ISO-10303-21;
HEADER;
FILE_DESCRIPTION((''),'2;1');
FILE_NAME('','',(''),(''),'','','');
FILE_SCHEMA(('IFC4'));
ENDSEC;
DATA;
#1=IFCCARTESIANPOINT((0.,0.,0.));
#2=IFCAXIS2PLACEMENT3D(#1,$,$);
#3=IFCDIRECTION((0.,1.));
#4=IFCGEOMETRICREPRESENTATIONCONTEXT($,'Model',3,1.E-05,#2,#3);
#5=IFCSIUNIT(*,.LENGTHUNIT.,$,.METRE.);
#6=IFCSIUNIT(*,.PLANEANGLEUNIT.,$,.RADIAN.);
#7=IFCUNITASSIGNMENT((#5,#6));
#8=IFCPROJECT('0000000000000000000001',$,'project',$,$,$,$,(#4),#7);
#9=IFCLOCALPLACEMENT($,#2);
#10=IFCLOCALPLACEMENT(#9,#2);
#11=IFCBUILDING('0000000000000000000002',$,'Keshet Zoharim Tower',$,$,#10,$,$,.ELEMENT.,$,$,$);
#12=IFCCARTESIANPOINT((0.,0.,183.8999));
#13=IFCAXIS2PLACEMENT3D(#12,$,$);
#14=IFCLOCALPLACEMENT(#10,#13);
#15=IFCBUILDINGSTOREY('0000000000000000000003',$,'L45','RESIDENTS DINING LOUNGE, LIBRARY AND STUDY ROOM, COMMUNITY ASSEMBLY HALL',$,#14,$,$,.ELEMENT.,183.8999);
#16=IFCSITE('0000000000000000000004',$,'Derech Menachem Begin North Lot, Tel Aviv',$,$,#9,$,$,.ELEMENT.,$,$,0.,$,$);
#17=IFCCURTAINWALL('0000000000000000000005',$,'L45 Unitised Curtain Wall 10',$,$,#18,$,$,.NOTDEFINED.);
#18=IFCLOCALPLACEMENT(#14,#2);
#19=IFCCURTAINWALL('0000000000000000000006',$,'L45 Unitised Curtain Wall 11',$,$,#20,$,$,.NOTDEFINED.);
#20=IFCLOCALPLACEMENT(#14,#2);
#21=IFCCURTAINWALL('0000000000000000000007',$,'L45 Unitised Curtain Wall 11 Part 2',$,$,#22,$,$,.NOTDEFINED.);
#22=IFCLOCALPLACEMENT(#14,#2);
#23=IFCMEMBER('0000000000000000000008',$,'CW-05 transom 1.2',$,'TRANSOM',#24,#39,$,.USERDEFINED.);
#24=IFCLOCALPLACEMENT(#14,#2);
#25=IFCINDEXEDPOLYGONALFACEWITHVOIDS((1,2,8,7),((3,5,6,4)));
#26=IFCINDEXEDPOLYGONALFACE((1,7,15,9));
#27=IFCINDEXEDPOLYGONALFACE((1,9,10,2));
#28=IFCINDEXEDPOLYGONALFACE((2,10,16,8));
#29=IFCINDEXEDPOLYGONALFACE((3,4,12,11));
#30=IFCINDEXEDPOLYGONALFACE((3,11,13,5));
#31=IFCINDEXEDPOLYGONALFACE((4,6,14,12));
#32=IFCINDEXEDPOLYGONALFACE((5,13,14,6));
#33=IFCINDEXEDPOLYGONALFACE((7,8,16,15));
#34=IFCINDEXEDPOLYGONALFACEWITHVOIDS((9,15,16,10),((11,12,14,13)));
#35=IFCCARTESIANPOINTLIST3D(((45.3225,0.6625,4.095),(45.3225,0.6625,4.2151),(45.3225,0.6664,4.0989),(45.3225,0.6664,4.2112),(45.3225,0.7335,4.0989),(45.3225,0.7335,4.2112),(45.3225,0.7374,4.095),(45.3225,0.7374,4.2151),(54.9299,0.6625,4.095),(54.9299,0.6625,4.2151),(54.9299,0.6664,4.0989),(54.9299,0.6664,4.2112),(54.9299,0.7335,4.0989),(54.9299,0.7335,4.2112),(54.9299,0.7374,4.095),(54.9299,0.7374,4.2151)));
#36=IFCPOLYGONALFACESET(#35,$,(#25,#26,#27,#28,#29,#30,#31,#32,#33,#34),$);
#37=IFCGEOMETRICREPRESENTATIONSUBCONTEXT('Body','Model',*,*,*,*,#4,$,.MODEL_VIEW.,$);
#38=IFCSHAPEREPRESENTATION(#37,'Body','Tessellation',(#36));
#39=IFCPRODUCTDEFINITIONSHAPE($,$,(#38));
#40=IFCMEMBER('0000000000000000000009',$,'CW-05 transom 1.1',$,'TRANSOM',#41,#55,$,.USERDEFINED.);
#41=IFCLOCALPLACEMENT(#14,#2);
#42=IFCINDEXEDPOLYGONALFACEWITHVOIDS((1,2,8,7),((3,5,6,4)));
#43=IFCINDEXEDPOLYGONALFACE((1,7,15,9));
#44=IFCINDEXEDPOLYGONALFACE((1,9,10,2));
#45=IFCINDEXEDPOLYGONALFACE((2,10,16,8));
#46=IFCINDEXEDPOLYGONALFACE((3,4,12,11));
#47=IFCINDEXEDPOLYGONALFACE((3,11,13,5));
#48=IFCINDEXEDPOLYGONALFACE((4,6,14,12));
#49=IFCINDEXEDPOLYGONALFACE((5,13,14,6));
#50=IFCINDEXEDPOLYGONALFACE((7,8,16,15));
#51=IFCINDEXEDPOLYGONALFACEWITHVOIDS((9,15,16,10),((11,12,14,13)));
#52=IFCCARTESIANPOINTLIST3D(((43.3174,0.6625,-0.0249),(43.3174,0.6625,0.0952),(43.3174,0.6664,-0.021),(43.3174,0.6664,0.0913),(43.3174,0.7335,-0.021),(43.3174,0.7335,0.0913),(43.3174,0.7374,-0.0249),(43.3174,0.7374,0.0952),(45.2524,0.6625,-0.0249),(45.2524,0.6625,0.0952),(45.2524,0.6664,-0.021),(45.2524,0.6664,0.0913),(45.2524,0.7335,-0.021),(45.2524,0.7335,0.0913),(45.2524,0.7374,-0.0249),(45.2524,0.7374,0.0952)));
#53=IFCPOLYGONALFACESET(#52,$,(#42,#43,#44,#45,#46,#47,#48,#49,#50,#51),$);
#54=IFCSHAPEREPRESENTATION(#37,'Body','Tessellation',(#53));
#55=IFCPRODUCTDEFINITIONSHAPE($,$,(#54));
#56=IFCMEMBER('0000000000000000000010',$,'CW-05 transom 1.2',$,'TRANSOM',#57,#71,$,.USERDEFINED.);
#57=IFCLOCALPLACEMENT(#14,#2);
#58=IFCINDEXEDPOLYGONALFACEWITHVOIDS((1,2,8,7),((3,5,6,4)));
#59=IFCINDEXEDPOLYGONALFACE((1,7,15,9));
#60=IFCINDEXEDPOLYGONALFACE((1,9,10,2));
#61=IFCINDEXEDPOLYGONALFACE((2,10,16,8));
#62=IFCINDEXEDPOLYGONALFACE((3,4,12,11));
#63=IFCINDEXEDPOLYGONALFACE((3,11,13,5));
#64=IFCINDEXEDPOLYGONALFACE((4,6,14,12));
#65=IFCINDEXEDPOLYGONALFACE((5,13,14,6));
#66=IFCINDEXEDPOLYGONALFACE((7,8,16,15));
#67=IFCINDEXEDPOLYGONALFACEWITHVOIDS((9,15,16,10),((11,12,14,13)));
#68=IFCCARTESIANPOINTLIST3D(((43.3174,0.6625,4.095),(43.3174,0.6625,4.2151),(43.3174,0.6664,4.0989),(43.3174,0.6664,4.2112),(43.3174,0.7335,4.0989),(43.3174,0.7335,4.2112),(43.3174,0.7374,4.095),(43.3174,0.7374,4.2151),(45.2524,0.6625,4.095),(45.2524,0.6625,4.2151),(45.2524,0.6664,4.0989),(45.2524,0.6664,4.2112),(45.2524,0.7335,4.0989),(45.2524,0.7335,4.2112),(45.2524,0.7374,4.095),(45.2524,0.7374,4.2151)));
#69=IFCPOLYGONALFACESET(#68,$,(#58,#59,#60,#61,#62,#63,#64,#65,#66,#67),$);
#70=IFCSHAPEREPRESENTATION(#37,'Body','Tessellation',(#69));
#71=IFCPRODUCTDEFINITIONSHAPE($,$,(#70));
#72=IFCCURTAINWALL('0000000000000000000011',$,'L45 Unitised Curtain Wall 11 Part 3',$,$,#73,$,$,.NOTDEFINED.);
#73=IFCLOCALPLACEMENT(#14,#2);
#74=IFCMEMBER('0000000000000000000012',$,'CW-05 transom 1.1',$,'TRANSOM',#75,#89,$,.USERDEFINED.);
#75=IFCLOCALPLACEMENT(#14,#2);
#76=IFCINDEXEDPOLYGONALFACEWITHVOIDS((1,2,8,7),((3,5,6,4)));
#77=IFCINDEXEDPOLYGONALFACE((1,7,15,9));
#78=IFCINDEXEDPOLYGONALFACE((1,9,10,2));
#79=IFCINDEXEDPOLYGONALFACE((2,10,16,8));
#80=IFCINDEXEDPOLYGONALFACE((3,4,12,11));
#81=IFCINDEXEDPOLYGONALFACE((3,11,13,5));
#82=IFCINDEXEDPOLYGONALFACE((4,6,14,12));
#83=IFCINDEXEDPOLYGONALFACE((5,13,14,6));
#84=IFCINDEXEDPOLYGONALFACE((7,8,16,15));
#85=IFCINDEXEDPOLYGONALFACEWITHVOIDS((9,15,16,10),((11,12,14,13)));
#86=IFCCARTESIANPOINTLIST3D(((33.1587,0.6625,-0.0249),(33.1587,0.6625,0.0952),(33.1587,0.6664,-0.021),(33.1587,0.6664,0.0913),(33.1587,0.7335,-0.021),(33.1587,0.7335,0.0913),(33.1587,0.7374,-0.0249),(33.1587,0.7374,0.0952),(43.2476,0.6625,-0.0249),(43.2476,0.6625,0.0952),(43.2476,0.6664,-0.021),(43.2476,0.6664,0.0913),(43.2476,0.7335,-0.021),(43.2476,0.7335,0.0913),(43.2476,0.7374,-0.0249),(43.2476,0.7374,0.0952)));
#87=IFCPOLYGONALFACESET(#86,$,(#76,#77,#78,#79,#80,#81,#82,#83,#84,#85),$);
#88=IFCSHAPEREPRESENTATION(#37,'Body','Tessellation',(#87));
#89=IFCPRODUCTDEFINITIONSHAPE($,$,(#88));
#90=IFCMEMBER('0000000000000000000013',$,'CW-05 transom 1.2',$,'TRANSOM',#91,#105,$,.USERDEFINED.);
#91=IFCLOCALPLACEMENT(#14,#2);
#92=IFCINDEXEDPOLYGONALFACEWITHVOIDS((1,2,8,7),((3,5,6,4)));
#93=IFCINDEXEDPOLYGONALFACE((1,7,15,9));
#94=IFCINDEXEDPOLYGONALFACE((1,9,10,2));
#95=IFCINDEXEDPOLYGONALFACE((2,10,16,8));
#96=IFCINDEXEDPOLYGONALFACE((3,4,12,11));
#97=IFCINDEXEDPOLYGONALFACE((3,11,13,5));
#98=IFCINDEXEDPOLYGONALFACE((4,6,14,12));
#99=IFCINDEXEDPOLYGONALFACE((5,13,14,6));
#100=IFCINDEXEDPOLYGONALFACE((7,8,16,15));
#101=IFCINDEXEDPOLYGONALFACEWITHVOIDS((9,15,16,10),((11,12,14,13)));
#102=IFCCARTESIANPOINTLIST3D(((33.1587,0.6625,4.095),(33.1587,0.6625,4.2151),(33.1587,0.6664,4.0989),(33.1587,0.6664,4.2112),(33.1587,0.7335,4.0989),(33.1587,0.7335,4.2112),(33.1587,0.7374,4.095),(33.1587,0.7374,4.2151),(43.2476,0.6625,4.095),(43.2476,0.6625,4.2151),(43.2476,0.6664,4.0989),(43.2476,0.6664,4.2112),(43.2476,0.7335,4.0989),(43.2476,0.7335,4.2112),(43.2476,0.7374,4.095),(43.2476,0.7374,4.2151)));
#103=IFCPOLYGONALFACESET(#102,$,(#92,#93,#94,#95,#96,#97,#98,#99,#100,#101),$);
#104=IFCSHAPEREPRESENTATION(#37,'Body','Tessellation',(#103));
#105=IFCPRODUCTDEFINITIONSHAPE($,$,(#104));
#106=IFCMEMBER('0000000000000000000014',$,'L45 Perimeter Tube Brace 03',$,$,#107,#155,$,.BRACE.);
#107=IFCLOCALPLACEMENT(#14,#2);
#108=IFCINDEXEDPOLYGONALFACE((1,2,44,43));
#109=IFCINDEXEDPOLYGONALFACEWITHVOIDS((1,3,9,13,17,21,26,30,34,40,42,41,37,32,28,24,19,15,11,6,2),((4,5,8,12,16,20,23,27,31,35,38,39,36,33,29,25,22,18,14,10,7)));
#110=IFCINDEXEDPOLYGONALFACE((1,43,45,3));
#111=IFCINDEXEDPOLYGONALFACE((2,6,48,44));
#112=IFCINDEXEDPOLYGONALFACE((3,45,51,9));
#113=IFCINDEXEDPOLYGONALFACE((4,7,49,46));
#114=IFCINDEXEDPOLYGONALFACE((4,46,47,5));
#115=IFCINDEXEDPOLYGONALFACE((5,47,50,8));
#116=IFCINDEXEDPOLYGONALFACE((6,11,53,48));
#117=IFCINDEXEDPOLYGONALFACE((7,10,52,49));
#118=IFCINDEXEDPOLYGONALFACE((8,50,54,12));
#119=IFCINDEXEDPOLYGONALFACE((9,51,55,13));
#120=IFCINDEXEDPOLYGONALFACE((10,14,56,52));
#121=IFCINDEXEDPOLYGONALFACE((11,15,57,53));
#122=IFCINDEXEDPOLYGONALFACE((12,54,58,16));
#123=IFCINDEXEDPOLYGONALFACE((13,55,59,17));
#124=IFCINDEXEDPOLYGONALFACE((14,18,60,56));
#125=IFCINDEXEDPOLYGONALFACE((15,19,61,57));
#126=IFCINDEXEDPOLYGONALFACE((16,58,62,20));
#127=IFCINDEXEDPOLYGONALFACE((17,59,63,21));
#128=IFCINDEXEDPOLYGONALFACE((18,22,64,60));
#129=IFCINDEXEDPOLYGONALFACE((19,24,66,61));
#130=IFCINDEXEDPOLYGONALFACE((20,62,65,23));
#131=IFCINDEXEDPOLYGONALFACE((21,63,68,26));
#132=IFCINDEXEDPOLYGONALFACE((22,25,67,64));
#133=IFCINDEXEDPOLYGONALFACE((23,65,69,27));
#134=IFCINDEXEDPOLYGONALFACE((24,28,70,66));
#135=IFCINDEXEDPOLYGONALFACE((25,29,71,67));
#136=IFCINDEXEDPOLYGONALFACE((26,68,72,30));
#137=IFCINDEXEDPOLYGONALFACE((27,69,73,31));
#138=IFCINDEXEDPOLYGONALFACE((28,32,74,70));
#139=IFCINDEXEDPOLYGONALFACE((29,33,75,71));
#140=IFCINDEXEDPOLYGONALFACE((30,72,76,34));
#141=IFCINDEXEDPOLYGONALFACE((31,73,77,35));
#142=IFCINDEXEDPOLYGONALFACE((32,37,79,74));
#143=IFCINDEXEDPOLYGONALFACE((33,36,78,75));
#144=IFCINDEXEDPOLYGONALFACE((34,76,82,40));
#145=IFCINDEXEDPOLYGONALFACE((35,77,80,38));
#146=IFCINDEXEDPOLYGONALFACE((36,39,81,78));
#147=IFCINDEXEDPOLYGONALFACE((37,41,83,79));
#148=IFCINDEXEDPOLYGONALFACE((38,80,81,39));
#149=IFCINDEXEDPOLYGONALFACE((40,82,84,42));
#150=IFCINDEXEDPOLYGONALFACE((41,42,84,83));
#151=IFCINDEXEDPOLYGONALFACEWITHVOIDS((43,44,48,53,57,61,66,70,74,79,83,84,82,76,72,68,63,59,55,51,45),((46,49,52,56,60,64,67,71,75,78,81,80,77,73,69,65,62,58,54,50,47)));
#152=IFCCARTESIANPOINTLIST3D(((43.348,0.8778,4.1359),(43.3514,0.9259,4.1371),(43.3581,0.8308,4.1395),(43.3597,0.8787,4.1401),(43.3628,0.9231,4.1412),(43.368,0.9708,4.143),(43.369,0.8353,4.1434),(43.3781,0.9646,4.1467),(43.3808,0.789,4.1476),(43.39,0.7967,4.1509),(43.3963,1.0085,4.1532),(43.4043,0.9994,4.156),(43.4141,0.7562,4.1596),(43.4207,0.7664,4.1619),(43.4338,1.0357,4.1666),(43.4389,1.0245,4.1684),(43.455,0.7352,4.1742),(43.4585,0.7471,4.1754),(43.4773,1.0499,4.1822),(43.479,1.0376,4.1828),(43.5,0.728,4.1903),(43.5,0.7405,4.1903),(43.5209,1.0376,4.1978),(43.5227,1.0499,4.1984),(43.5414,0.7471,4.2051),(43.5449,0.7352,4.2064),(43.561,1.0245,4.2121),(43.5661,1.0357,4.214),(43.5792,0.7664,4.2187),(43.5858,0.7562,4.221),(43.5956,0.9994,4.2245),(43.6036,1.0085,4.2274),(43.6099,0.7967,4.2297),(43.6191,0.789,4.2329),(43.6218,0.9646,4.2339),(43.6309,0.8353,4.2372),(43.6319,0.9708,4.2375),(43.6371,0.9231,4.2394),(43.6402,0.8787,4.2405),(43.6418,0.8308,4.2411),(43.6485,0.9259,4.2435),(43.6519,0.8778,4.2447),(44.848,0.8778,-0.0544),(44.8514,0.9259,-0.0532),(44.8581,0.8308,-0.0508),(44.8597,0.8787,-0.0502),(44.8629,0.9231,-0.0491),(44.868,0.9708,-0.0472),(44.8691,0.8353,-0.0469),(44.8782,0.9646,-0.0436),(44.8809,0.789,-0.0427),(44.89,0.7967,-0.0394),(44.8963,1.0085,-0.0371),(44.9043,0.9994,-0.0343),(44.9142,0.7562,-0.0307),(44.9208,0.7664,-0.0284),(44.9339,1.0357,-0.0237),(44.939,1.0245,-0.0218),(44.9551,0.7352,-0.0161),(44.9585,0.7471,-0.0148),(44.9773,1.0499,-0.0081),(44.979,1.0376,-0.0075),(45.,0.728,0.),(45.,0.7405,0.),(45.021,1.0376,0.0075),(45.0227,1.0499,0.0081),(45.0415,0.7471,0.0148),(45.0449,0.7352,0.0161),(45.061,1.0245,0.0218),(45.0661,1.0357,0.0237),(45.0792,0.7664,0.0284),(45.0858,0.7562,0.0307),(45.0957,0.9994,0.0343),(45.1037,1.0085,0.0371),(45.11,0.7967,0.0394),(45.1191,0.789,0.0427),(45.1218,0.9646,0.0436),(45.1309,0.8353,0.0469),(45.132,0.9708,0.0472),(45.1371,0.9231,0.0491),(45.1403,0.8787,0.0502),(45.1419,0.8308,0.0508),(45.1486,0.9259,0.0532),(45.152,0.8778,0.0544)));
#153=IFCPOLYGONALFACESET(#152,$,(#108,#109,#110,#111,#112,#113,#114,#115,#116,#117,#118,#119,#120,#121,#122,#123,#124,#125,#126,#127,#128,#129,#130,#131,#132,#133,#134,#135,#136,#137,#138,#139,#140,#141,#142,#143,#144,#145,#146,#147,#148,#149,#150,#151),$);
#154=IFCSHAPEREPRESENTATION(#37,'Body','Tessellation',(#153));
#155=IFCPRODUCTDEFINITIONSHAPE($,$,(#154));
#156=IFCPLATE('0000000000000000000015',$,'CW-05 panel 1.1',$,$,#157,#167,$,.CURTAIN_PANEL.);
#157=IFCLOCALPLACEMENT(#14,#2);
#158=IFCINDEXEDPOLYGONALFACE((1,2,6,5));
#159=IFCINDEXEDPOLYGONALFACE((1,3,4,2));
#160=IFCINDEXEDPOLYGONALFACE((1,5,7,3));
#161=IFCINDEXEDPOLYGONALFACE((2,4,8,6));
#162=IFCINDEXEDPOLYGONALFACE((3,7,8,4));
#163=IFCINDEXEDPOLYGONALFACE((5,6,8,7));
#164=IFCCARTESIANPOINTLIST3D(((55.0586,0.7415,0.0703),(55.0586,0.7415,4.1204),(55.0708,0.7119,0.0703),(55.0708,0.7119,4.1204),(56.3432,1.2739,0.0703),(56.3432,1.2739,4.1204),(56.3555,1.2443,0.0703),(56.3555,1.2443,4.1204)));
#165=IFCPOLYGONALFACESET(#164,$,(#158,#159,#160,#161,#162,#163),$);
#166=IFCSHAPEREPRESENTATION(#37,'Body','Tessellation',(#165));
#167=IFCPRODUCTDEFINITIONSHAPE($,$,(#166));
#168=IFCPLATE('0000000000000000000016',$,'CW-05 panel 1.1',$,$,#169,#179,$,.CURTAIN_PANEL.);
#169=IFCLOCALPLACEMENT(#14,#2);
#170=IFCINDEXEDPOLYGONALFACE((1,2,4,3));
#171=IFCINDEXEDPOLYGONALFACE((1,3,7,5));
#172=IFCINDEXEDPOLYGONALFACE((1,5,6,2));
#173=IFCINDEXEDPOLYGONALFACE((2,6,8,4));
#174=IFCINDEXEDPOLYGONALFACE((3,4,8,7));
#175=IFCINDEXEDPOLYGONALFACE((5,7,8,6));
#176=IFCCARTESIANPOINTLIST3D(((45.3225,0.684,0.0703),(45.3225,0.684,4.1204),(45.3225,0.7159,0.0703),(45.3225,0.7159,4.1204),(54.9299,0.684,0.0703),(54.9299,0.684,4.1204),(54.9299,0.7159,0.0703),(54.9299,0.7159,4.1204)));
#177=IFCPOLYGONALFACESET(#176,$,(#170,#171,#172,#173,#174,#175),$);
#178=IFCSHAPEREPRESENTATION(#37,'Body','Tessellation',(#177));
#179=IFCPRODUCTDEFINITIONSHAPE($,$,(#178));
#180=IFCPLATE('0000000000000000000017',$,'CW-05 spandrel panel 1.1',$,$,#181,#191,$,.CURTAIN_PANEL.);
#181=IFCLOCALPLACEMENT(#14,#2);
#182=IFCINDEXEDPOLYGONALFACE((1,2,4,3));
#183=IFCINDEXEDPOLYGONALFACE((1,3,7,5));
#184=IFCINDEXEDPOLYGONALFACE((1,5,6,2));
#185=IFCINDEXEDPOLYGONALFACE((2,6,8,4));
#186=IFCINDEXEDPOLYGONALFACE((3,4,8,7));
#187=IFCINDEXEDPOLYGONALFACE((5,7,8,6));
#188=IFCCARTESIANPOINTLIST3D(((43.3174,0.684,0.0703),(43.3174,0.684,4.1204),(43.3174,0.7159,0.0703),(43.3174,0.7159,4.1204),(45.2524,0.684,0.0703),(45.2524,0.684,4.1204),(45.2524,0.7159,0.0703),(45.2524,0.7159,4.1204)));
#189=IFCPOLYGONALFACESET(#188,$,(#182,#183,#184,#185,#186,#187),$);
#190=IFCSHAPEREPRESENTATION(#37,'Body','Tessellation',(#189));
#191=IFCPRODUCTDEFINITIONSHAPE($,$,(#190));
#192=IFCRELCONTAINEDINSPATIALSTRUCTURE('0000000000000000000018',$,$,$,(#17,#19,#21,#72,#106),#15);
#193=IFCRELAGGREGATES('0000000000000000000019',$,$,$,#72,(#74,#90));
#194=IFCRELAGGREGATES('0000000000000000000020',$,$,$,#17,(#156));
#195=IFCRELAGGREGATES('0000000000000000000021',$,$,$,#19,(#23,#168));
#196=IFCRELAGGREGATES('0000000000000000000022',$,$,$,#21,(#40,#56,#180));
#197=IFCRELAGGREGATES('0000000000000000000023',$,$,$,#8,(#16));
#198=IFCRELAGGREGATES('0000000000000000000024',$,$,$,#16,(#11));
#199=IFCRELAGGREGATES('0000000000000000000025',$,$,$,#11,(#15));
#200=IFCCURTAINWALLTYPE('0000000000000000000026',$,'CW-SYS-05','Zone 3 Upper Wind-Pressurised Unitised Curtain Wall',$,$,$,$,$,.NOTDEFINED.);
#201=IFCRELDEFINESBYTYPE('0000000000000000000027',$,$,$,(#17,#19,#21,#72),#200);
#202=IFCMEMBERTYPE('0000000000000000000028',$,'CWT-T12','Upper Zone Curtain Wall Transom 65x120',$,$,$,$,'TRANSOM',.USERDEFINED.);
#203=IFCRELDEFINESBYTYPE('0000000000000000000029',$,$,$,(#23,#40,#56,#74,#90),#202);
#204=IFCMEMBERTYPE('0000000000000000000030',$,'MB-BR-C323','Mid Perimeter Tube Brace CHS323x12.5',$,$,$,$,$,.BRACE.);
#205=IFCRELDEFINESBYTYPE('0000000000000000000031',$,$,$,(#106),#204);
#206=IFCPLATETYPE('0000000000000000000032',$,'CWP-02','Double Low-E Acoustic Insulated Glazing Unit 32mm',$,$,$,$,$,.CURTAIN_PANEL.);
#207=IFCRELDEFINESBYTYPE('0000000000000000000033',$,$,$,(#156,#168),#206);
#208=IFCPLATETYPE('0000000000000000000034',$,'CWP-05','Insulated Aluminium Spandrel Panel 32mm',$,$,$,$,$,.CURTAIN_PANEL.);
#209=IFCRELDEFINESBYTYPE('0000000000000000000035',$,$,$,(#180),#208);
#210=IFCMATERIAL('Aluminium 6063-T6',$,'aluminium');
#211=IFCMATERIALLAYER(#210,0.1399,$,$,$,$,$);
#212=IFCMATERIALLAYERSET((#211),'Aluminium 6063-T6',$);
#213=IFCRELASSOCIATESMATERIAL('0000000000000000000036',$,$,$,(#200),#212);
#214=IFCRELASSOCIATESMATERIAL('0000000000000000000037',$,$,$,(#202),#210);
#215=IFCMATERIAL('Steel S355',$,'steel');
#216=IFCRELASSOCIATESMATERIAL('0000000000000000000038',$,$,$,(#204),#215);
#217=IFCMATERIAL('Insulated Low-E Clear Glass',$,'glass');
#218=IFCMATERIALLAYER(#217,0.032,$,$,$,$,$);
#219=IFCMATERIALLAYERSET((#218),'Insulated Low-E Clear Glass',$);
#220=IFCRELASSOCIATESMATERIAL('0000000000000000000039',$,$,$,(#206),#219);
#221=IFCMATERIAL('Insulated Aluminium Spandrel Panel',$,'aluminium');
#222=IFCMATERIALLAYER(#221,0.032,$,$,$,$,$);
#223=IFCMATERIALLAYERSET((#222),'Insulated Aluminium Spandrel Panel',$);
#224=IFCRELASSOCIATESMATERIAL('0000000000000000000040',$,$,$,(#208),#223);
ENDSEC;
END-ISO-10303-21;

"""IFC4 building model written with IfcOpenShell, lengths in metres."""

from ifc_helpers import new_model, si_unit, direction, frame, origin, origin_2d, place, context, subcontext, project, spatial, rectangle, hollow_rectangle, hollow_circle, extrude, material, layer, layer_set, material_profile, profile_set, type_object, element, aggregate, save


model = new_model("IFC4")

# Units and contexts
model_context = context("Model", 3, precision=1e-05, world=origin(), true_north=direction((0.0, 1.0)))
body_context = subcontext(model_context, "Body", "Model", "MODEL_VIEW")
ifc_project = project(units=[si_unit("LENGTHUNIT", "METRE"), si_unit("PLANEANGLEUNIT", "RADIAN")], contexts=[model_context])

# Site, building, storey
site_placement = place(None, origin())
site = spatial("IfcSite", under=ifc_project, at=site_placement, Name="Derech Menachem Begin North Lot, Tel Aviv", CompositionType="ELEMENT", RefElevation=0.0)
building_placement = place(site_placement, origin())
building = spatial("IfcBuilding", under=site, at=building_placement, Name="Keshet Zoharim Tower", CompositionType="ELEMENT")
storey_placement = place(building_placement, frame((0.0, 0.0, 183.8999)))
storey = spatial("IfcBuildingStorey", under=building, at=storey_placement, Name="L45", Description="RESIDENTS DINING LOUNGE, LIBRARY AND STUDY ROOM, COMMUNITY ASSEMBLY HALL", CompositionType="ELEMENT", Elevation=183.8999)

# Shared definitions
ifc_material_1 = material(Name="Steel S355", Category="steel")

# Curtain walls
ifc_material_2 = material(Name="Aluminium 6063-T6", Category="aluminium")
ifc_layer_1 = layer(ifc_material_2, 0.1399)
ifc_layer_set_1 = layer_set([ifc_layer_1], Name="Aluminium 6063-T6")
curtain_wall_type = type_object("IfcCurtainWallType", Name="CW-SYS-05", Description="Zone 3 Upper Wind-Pressurised Unitised Curtain Wall", PredefinedType="NOTDEFINED", material=ifc_layer_set_1)
curtain_wall_1_placement = place(storey_placement, origin())
curtain_wall_1 = element("IfcCurtainWall", 1, at=curtain_wall_1_placement, inside=storey, type_object=curtain_wall_type, Name="L45 Unitised Curtain Wall 10", PredefinedType="NOTDEFINED")
curtain_wall_2_placement = place(storey_placement, origin())
curtain_wall_2 = element("IfcCurtainWall", 2, at=curtain_wall_2_placement, inside=storey, type_object=curtain_wall_type, Name="L45 Unitised Curtain Wall 11", PredefinedType="NOTDEFINED")

# Curtain wall
curtain_wall_3_placement = place(storey_placement, origin())
curtain_wall_3 = element("IfcCurtainWall", 3, at=curtain_wall_3_placement, inside=storey, type_object=curtain_wall_type, Name="L45 Unitised Curtain Wall 11 Part 2", PredefinedType="NOTDEFINED")

# Members
ifc_material_profile_1 = material_profile(ifc_material_2, hollow_rectangle(XDim=0.075, YDim=0.1201, WallThickness=0.0039, at=origin_2d()), Name="TRN-75x120")
ifc_profile_set_1 = profile_set([ifc_material_profile_1], Name="Aluminium 6063-T6")
member_type_1 = type_object("IfcMemberType", Name="CWT-T12", Description="Upper Zone Curtain Wall Transom 65x120", ElementType="TRANSOM", PredefinedType="USERDEFINED", material=ifc_profile_set_1)
member_1_placement = place(storey_placement, frame((54.9299, 0.7, 4.155), z_axis=(-1.0, 0.0, 0.0), x_axis=(0.0, -1.0, 0.0)))
member_1 = element("IfcMember", 4, at=member_1_placement, type_object=member_type_1, Name="CW-05 transom 1.2", ObjectType="TRANSOM", PredefinedType="USERDEFINED", context=body_context, shape_type="SweptSolid", body=[
    extrude(hollow_rectangle(XDim=0.075, YDim=0.1201, WallThickness=0.0039, at=origin_2d()), origin(), (0.0, 0.0, 1.0), 9.6074),
])
member_2_placement = place(storey_placement, frame((45.2524, 0.7, 0.0352), z_axis=(-1.0, 0.0, 0.0), x_axis=(0.0, -1.0, 0.0)))
member_2 = element("IfcMember", 5, at=member_2_placement, type_object=member_type_1, Name="CW-05 transom 1.1", ObjectType="TRANSOM", PredefinedType="USERDEFINED", context=body_context, shape_type="SweptSolid", body=[
    extrude(hollow_rectangle(XDim=0.075, YDim=0.1201, WallThickness=0.0039, at=origin_2d()), origin(), (0.0, 0.0, 1.0), 1.9351),
])
member_3_placement = place(storey_placement, frame((45.2524, 0.7, 4.155), z_axis=(-1.0, 0.0, 0.0), x_axis=(0.0, -1.0, 0.0)))
member_3 = element("IfcMember", 6, at=member_3_placement, type_object=member_type_1, Name="CW-05 transom 1.2", ObjectType="TRANSOM", PredefinedType="USERDEFINED", context=body_context, shape_type="SweptSolid", body=[
    extrude(hollow_rectangle(XDim=0.075, YDim=0.1201, WallThickness=0.0039, at=origin_2d()), origin(), (0.0, 0.0, 1.0), 1.9351),
])

# Curtain wall, members
curtain_wall_4_placement = place(storey_placement, origin())
curtain_wall_4 = element("IfcCurtainWall", 7, at=curtain_wall_4_placement, inside=storey, type_object=curtain_wall_type, Name="L45 Unitised Curtain Wall 11 Part 3", PredefinedType="NOTDEFINED")
member_4_placement = place(storey_placement, frame((43.2476, 0.7, 0.0352), z_axis=(-1.0, 0.0, 0.0), x_axis=(0.0, -1.0, 0.0)))
member_4 = element("IfcMember", 8, at=member_4_placement, type_object=member_type_1, Name="CW-05 transom 1.1", ObjectType="TRANSOM", PredefinedType="USERDEFINED", context=body_context, shape_type="SweptSolid", body=[
    extrude(hollow_rectangle(XDim=0.075, YDim=0.1201, WallThickness=0.0039, at=origin_2d()), origin(), (0.0, 0.0, 1.0), 10.0889),
])
member_5_placement = place(storey_placement, frame((43.2476, 0.7, 4.155), z_axis=(-1.0, 0.0, 0.0), x_axis=(0.0, -1.0, 0.0)))
member_5 = element("IfcMember", 9, at=member_5_placement, type_object=member_type_1, Name="CW-05 transom 1.2", ObjectType="TRANSOM", PredefinedType="USERDEFINED", context=body_context, shape_type="SweptSolid", body=[
    extrude(hollow_rectangle(XDim=0.075, YDim=0.1201, WallThickness=0.0039, at=origin_2d()), origin(), (0.0, 0.0, 1.0), 10.0889),
])
aggregate(curtain_wall_4, [member_4, member_5])

# Member
ifc_material_profile_2 = material_profile(ifc_material_1, hollow_circle(Radius=0.1619, WallThickness=0.0125, at=origin_2d()), Name="CHS323x12.5")
ifc_profile_set_2 = profile_set([ifc_material_profile_2], Name="Steel S355")
member_type_2 = type_object("IfcMemberType", Name="MB-BR-C323", Description="Mid Perimeter Tube Brace CHS323x12.5", PredefinedType="BRACE", material=ifc_profile_set_2)
member_6_placement = place(storey_placement, frame((45.0, 0.8899, 0.0), z_axis=(-0.337035, 0.0, 0.941492), x_axis=(0.0, -1.0, 0.0)))
element("IfcMember", 10, at=member_6_placement, inside=storey, type_object=member_type_2, Name="L45 Perimeter Tube Brace 03", PredefinedType="BRACE", context=body_context, shape_type="SweptSolid", body=[
    extrude(hollow_circle(Radius=0.1619, WallThickness=0.0125, at=origin_2d()), origin(), (0.0, 0.0, 1.0), 4.4507),
])

# Plates
ifc_material_3 = material(Name="Insulated Low-E Clear Glass", Category="glass")
ifc_layer_2 = layer(ifc_material_3, 0.032)
ifc_layer_set_2 = layer_set([ifc_layer_2], Name="Insulated Low-E Clear Glass")
plate_type_1 = type_object("IfcPlateType", Name="CWP-02", Description="Double Low-E Acoustic Insulated Glazing Unit 32mm", PredefinedType="CURTAIN_PANEL", material=ifc_layer_set_2)
plate_1_placement = place(storey_placement, frame((55.707, 0.9929, 0.0703), z_axis=(0.0, 0.0, 1.0), x_axis=(-0.92381, -0.382852, 0.0)))
plate_1 = element("IfcPlate", 11, at=plate_1_placement, type_object=plate_type_1, Name="CW-05 panel 1.1", PredefinedType="CURTAIN_PANEL", context=body_context, shape_type="SweptSolid", body=[
    extrude(rectangle(XDim=1.3906, YDim=0.032, at=origin_2d()), origin(), (0.0, 0.0, 1.0), 4.05),
])
aggregate(curtain_wall_1, [plate_1])
plate_2_placement = place(storey_placement, frame((50.1262, 0.7, 0.0703), z_axis=(0.0, 0.0, 1.0), x_axis=(-1.0, 0.0, 0.0)))
plate_2 = element("IfcPlate", 12, at=plate_2_placement, type_object=plate_type_1, Name="CW-05 panel 1.1", PredefinedType="CURTAIN_PANEL", context=body_context, shape_type="SweptSolid", body=[
    extrude(rectangle(XDim=9.6074, YDim=0.032, at=origin_2d()), origin(), (0.0, 0.0, 1.0), 4.05),
])
aggregate(curtain_wall_2, [member_1, plate_2])
ifc_material_4 = material(Name="Insulated Aluminium Spandrel Panel", Category="aluminium")
ifc_layer_3 = layer(ifc_material_4, 0.032)
ifc_layer_set_3 = layer_set([ifc_layer_3], Name="Insulated Aluminium Spandrel Panel")
plate_type_2 = type_object("IfcPlateType", Name="CWP-05", Description="Insulated Aluminium Spandrel Panel 32mm", PredefinedType="CURTAIN_PANEL", material=ifc_layer_set_3)
plate_3_placement = place(storey_placement, frame((44.2849, 0.7, 0.0703), z_axis=(0.0, 0.0, 1.0), x_axis=(-1.0, 0.0, 0.0)))
plate_3 = element("IfcPlate", 13, at=plate_3_placement, type_object=plate_type_2, Name="CW-05 spandrel panel 1.1", PredefinedType="CURTAIN_PANEL", context=body_context, shape_type="SweptSolid", body=[
    extrude(rectangle(XDim=1.9351, YDim=0.032, at=origin_2d()), origin(), (0.0, 0.0, 1.0), 4.05),
])
aggregate(curtain_wall_3, [member_2, member_3, plate_3])

save(model, "model.ifc")
